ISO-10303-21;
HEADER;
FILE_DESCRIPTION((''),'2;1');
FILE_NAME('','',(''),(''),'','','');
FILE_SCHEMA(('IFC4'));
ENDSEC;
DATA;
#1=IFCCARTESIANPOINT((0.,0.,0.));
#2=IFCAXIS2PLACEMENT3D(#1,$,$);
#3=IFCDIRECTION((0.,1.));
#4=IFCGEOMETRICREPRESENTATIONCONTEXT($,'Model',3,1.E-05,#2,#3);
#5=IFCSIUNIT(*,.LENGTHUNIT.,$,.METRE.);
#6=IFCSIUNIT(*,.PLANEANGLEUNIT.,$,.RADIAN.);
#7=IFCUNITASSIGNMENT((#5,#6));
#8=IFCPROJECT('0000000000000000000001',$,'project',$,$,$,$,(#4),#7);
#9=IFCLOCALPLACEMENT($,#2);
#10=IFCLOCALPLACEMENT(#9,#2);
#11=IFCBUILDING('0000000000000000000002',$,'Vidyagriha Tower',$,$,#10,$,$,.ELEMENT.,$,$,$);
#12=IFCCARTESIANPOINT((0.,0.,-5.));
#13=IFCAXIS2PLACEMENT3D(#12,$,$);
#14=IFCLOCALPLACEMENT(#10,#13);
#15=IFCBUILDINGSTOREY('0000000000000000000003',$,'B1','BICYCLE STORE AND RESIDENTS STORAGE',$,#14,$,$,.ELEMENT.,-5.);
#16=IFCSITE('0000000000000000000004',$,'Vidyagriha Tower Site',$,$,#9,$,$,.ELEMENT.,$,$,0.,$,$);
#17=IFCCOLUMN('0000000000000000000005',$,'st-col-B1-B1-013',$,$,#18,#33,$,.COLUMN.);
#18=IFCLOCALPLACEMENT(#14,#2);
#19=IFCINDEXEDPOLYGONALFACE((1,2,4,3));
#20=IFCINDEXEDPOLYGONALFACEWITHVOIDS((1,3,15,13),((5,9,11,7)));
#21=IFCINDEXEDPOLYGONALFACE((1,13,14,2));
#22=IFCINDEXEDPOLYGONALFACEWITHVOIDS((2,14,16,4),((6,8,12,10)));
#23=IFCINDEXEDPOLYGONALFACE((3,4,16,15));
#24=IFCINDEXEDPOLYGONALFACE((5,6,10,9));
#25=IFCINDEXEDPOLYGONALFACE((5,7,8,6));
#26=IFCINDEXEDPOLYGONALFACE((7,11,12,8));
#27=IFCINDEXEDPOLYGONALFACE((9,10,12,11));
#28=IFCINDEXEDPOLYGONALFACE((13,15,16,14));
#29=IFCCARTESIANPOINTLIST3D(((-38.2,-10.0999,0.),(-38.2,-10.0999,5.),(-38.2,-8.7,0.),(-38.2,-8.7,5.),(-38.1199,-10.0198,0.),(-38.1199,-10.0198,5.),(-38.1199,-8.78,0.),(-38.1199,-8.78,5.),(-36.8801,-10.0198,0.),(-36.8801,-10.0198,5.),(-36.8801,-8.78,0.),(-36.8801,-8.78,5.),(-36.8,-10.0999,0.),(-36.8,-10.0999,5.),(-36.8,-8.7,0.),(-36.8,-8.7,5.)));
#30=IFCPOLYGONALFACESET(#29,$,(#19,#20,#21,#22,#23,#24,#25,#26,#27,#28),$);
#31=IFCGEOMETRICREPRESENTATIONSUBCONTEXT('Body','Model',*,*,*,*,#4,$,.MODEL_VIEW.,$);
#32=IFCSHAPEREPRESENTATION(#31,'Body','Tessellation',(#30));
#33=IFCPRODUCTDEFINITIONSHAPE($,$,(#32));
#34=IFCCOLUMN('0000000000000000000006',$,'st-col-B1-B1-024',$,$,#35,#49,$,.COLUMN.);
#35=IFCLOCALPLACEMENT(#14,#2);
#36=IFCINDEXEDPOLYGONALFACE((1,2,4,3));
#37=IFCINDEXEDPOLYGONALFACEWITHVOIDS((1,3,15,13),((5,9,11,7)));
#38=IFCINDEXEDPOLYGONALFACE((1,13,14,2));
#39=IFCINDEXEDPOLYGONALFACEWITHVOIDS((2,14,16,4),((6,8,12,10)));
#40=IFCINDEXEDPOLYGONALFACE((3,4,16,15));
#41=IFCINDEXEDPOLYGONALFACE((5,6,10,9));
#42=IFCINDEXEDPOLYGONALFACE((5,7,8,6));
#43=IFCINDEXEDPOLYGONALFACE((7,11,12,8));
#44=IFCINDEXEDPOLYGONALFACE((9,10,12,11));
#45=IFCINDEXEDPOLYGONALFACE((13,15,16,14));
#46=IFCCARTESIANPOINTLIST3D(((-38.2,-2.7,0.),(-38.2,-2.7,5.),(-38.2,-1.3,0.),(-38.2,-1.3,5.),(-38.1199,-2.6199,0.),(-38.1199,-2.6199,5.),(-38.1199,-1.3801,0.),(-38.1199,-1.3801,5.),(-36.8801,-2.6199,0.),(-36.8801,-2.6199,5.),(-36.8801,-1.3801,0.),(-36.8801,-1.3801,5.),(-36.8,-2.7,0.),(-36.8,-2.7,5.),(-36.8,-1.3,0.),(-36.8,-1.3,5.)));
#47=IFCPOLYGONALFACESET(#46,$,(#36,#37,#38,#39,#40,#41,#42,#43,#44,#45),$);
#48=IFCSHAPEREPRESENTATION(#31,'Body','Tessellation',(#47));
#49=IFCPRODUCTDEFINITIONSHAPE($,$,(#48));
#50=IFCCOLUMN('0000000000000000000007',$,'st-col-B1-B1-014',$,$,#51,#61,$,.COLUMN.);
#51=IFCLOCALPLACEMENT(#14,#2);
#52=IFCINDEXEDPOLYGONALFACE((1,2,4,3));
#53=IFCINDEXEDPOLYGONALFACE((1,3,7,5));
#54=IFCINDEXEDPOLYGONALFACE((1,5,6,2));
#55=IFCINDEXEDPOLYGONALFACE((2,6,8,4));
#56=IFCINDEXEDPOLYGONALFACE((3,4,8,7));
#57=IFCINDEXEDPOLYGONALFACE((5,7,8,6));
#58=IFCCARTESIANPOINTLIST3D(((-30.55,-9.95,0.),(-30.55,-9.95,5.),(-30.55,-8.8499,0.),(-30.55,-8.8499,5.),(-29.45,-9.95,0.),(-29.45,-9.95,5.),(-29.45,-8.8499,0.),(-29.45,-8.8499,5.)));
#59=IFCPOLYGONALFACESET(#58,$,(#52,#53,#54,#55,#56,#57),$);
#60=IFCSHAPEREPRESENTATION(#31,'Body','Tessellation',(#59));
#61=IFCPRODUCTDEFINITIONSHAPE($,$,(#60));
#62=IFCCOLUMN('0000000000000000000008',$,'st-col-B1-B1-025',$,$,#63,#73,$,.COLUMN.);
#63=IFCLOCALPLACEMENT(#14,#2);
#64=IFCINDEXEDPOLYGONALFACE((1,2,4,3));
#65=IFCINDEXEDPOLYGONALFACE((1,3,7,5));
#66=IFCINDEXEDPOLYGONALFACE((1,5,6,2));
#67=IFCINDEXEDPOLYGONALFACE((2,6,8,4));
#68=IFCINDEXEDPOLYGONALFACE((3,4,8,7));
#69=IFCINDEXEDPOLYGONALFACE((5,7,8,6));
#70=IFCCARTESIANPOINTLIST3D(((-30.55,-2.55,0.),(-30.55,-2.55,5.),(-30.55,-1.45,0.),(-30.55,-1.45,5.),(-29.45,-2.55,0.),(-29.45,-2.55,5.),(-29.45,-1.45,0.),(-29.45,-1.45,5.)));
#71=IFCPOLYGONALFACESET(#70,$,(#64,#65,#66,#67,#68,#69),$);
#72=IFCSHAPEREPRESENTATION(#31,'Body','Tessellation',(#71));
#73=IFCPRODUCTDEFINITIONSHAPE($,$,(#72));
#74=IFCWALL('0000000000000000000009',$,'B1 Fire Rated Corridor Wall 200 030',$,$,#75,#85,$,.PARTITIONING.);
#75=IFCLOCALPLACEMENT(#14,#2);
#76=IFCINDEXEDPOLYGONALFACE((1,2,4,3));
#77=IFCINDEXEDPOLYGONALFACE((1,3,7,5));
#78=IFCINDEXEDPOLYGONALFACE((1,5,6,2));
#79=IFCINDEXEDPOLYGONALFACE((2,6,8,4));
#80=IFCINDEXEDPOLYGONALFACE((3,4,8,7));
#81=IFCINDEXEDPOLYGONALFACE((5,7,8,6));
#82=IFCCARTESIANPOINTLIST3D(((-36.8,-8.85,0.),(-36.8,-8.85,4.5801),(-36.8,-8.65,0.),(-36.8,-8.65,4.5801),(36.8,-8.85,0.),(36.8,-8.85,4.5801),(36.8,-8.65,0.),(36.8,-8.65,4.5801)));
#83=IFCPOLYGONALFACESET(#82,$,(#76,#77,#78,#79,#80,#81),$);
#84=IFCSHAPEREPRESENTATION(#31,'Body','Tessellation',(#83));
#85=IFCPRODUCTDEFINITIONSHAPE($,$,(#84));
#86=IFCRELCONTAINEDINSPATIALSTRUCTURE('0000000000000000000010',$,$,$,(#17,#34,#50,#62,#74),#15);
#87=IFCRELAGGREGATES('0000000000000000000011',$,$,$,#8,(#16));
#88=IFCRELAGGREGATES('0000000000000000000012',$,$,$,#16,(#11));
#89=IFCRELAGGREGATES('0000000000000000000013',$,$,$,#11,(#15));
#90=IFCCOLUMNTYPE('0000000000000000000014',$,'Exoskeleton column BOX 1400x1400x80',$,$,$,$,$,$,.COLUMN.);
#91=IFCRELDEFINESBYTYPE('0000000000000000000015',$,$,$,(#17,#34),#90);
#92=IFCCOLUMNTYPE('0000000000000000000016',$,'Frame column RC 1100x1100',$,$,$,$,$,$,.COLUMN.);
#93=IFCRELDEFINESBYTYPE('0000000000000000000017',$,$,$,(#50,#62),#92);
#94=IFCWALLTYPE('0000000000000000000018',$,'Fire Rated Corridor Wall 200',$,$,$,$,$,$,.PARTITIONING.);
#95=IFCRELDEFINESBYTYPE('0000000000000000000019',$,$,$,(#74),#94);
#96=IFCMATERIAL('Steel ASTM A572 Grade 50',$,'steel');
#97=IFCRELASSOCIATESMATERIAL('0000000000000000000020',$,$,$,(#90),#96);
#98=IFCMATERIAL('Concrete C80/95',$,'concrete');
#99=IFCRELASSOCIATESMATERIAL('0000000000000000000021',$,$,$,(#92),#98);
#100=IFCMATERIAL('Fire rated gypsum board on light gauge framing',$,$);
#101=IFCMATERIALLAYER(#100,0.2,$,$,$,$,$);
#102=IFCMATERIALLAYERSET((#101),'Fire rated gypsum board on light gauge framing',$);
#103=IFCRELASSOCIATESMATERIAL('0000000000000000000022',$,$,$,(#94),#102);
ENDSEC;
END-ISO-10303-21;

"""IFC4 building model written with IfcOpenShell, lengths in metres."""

from ifc_helpers import new_model, si_unit, direction, frame, frame_2d, origin, origin_2d, place, context, subcontext, project, spatial, rectangle, hollow_rectangle, extrude, material, layer, layer_set, material_profile, profile_set, type_object, element, save


model = new_model("IFC4")

# Units and contexts
model_context = context("Model", 3, precision=1e-05, world=origin(), true_north=direction((0.0, 1.0)))
body_context = subcontext(model_context, "Body", "Model", "MODEL_VIEW")
ifc_project = project(units=[si_unit("LENGTHUNIT", "METRE"), si_unit("PLANEANGLEUNIT", "RADIAN")], contexts=[model_context])

# Site, building, storey
site_placement = place(None, origin())
site = spatial("IfcSite", under=ifc_project, at=site_placement, Name="Vidyagriha Tower Site", CompositionType="ELEMENT", RefElevation=0.0)
building_placement = place(site_placement, origin())
building = spatial("IfcBuilding", under=site, at=building_placement, Name="Vidyagriha Tower", CompositionType="ELEMENT")
storey_placement = place(building_placement, frame((0.0, 0.0, -5.0)))
storey = spatial("IfcBuildingStorey", under=building, at=storey_placement, Name="B1", Description="BICYCLE STORE AND RESIDENTS STORAGE", CompositionType="ELEMENT", Elevation=-5.0)

# Columns
ifc_material_1 = material(Name="Steel ASTM A572 Grade 50", Category="steel")
ifc_material_profile_1 = material_profile(ifc_material_1, hollow_rectangle(XDim=1.3999, YDim=1.3999, WallThickness=0.0801, at=origin_2d()), Name="BOX 1400x1400x80")
ifc_profile_set_1 = profile_set([ifc_material_profile_1], Name="Steel ASTM A572 Grade 50")
column_type_1 = type_object("IfcColumnType", Name="Exoskeleton column BOX 1400x1400x80", PredefinedType="COLUMN", material=ifc_profile_set_1)
for number, where, name in (
    (1, (-37.5, -9.3999, 0.0), "st-col-B1-B1-013"),
    (2, (-37.5, -2.0, 0.0), "st-col-B1-B1-024"),
):
    element("IfcColumn", number, at=place(storey_placement, frame(where)), inside=storey, type_object=column_type_1, Name=name, PredefinedType="COLUMN", context=body_context, shape_type="SweptSolid", body=[
        extrude(hollow_rectangle(XDim=1.3999, YDim=1.3999, WallThickness=0.0801, at=origin_2d()), origin(), (0.0, 0.0, 1.0), 5.0),
    ])
ifc_material_2 = material(Name="Concrete C80/95", Category="concrete")
ifc_material_profile_2 = material_profile(ifc_material_2, rectangle(XDim=1.1001, YDim=1.1001, at=origin_2d()), Name="RC 1100x1100")
ifc_profile_set_2 = profile_set([ifc_material_profile_2], Name="Concrete C80/95")
column_type_2 = type_object("IfcColumnType", Name="Frame column RC 1100x1100", PredefinedType="COLUMN", material=ifc_profile_set_2)
for number, where, name in (
    (3, (-30.0, -9.3999, 0.0), "st-col-B1-B1-014"),
    (4, (-30.0, -2.0, 0.0), "st-col-B1-B1-025"),
):
    element("IfcColumn", number, at=place(storey_placement, frame(where)), inside=storey, type_object=column_type_2, Name=name, PredefinedType="COLUMN", context=body_context, shape_type="SweptSolid", body=[
        extrude(rectangle(XDim=1.1001, YDim=1.1001, at=origin_2d()), origin(), (0.0, 0.0, 1.0), 5.0),
    ])

# Wall
ifc_material_3 = material(Name="Fire rated gypsum board on light gauge framing")
ifc_layer = layer(ifc_material_3, 0.2)
ifc_layer_set = layer_set([ifc_layer], Name="Fire rated gypsum board on light gauge framing")
wall_type = type_object("IfcWallType", Name="Fire Rated Corridor Wall 200", PredefinedType="PARTITIONING", material=ifc_layer_set)
wall_1_placement = place(storey_placement, frame((-36.8, -8.75, 0.0)))
element("IfcWall", 5, at=wall_1_placement, inside=storey, type_object=wall_type, Name="B1 Fire Rated Corridor Wall 200 030", PredefinedType="PARTITIONING", context=body_context, shape_type="SweptSolid", body=[
    extrude(rectangle(XDim=73.6001, YDim=0.2, at=frame_2d((36.8, 0.0))), origin(), (0.0, 0.0, 1.0), 4.5801),
])

save(model, "model.ifc")
